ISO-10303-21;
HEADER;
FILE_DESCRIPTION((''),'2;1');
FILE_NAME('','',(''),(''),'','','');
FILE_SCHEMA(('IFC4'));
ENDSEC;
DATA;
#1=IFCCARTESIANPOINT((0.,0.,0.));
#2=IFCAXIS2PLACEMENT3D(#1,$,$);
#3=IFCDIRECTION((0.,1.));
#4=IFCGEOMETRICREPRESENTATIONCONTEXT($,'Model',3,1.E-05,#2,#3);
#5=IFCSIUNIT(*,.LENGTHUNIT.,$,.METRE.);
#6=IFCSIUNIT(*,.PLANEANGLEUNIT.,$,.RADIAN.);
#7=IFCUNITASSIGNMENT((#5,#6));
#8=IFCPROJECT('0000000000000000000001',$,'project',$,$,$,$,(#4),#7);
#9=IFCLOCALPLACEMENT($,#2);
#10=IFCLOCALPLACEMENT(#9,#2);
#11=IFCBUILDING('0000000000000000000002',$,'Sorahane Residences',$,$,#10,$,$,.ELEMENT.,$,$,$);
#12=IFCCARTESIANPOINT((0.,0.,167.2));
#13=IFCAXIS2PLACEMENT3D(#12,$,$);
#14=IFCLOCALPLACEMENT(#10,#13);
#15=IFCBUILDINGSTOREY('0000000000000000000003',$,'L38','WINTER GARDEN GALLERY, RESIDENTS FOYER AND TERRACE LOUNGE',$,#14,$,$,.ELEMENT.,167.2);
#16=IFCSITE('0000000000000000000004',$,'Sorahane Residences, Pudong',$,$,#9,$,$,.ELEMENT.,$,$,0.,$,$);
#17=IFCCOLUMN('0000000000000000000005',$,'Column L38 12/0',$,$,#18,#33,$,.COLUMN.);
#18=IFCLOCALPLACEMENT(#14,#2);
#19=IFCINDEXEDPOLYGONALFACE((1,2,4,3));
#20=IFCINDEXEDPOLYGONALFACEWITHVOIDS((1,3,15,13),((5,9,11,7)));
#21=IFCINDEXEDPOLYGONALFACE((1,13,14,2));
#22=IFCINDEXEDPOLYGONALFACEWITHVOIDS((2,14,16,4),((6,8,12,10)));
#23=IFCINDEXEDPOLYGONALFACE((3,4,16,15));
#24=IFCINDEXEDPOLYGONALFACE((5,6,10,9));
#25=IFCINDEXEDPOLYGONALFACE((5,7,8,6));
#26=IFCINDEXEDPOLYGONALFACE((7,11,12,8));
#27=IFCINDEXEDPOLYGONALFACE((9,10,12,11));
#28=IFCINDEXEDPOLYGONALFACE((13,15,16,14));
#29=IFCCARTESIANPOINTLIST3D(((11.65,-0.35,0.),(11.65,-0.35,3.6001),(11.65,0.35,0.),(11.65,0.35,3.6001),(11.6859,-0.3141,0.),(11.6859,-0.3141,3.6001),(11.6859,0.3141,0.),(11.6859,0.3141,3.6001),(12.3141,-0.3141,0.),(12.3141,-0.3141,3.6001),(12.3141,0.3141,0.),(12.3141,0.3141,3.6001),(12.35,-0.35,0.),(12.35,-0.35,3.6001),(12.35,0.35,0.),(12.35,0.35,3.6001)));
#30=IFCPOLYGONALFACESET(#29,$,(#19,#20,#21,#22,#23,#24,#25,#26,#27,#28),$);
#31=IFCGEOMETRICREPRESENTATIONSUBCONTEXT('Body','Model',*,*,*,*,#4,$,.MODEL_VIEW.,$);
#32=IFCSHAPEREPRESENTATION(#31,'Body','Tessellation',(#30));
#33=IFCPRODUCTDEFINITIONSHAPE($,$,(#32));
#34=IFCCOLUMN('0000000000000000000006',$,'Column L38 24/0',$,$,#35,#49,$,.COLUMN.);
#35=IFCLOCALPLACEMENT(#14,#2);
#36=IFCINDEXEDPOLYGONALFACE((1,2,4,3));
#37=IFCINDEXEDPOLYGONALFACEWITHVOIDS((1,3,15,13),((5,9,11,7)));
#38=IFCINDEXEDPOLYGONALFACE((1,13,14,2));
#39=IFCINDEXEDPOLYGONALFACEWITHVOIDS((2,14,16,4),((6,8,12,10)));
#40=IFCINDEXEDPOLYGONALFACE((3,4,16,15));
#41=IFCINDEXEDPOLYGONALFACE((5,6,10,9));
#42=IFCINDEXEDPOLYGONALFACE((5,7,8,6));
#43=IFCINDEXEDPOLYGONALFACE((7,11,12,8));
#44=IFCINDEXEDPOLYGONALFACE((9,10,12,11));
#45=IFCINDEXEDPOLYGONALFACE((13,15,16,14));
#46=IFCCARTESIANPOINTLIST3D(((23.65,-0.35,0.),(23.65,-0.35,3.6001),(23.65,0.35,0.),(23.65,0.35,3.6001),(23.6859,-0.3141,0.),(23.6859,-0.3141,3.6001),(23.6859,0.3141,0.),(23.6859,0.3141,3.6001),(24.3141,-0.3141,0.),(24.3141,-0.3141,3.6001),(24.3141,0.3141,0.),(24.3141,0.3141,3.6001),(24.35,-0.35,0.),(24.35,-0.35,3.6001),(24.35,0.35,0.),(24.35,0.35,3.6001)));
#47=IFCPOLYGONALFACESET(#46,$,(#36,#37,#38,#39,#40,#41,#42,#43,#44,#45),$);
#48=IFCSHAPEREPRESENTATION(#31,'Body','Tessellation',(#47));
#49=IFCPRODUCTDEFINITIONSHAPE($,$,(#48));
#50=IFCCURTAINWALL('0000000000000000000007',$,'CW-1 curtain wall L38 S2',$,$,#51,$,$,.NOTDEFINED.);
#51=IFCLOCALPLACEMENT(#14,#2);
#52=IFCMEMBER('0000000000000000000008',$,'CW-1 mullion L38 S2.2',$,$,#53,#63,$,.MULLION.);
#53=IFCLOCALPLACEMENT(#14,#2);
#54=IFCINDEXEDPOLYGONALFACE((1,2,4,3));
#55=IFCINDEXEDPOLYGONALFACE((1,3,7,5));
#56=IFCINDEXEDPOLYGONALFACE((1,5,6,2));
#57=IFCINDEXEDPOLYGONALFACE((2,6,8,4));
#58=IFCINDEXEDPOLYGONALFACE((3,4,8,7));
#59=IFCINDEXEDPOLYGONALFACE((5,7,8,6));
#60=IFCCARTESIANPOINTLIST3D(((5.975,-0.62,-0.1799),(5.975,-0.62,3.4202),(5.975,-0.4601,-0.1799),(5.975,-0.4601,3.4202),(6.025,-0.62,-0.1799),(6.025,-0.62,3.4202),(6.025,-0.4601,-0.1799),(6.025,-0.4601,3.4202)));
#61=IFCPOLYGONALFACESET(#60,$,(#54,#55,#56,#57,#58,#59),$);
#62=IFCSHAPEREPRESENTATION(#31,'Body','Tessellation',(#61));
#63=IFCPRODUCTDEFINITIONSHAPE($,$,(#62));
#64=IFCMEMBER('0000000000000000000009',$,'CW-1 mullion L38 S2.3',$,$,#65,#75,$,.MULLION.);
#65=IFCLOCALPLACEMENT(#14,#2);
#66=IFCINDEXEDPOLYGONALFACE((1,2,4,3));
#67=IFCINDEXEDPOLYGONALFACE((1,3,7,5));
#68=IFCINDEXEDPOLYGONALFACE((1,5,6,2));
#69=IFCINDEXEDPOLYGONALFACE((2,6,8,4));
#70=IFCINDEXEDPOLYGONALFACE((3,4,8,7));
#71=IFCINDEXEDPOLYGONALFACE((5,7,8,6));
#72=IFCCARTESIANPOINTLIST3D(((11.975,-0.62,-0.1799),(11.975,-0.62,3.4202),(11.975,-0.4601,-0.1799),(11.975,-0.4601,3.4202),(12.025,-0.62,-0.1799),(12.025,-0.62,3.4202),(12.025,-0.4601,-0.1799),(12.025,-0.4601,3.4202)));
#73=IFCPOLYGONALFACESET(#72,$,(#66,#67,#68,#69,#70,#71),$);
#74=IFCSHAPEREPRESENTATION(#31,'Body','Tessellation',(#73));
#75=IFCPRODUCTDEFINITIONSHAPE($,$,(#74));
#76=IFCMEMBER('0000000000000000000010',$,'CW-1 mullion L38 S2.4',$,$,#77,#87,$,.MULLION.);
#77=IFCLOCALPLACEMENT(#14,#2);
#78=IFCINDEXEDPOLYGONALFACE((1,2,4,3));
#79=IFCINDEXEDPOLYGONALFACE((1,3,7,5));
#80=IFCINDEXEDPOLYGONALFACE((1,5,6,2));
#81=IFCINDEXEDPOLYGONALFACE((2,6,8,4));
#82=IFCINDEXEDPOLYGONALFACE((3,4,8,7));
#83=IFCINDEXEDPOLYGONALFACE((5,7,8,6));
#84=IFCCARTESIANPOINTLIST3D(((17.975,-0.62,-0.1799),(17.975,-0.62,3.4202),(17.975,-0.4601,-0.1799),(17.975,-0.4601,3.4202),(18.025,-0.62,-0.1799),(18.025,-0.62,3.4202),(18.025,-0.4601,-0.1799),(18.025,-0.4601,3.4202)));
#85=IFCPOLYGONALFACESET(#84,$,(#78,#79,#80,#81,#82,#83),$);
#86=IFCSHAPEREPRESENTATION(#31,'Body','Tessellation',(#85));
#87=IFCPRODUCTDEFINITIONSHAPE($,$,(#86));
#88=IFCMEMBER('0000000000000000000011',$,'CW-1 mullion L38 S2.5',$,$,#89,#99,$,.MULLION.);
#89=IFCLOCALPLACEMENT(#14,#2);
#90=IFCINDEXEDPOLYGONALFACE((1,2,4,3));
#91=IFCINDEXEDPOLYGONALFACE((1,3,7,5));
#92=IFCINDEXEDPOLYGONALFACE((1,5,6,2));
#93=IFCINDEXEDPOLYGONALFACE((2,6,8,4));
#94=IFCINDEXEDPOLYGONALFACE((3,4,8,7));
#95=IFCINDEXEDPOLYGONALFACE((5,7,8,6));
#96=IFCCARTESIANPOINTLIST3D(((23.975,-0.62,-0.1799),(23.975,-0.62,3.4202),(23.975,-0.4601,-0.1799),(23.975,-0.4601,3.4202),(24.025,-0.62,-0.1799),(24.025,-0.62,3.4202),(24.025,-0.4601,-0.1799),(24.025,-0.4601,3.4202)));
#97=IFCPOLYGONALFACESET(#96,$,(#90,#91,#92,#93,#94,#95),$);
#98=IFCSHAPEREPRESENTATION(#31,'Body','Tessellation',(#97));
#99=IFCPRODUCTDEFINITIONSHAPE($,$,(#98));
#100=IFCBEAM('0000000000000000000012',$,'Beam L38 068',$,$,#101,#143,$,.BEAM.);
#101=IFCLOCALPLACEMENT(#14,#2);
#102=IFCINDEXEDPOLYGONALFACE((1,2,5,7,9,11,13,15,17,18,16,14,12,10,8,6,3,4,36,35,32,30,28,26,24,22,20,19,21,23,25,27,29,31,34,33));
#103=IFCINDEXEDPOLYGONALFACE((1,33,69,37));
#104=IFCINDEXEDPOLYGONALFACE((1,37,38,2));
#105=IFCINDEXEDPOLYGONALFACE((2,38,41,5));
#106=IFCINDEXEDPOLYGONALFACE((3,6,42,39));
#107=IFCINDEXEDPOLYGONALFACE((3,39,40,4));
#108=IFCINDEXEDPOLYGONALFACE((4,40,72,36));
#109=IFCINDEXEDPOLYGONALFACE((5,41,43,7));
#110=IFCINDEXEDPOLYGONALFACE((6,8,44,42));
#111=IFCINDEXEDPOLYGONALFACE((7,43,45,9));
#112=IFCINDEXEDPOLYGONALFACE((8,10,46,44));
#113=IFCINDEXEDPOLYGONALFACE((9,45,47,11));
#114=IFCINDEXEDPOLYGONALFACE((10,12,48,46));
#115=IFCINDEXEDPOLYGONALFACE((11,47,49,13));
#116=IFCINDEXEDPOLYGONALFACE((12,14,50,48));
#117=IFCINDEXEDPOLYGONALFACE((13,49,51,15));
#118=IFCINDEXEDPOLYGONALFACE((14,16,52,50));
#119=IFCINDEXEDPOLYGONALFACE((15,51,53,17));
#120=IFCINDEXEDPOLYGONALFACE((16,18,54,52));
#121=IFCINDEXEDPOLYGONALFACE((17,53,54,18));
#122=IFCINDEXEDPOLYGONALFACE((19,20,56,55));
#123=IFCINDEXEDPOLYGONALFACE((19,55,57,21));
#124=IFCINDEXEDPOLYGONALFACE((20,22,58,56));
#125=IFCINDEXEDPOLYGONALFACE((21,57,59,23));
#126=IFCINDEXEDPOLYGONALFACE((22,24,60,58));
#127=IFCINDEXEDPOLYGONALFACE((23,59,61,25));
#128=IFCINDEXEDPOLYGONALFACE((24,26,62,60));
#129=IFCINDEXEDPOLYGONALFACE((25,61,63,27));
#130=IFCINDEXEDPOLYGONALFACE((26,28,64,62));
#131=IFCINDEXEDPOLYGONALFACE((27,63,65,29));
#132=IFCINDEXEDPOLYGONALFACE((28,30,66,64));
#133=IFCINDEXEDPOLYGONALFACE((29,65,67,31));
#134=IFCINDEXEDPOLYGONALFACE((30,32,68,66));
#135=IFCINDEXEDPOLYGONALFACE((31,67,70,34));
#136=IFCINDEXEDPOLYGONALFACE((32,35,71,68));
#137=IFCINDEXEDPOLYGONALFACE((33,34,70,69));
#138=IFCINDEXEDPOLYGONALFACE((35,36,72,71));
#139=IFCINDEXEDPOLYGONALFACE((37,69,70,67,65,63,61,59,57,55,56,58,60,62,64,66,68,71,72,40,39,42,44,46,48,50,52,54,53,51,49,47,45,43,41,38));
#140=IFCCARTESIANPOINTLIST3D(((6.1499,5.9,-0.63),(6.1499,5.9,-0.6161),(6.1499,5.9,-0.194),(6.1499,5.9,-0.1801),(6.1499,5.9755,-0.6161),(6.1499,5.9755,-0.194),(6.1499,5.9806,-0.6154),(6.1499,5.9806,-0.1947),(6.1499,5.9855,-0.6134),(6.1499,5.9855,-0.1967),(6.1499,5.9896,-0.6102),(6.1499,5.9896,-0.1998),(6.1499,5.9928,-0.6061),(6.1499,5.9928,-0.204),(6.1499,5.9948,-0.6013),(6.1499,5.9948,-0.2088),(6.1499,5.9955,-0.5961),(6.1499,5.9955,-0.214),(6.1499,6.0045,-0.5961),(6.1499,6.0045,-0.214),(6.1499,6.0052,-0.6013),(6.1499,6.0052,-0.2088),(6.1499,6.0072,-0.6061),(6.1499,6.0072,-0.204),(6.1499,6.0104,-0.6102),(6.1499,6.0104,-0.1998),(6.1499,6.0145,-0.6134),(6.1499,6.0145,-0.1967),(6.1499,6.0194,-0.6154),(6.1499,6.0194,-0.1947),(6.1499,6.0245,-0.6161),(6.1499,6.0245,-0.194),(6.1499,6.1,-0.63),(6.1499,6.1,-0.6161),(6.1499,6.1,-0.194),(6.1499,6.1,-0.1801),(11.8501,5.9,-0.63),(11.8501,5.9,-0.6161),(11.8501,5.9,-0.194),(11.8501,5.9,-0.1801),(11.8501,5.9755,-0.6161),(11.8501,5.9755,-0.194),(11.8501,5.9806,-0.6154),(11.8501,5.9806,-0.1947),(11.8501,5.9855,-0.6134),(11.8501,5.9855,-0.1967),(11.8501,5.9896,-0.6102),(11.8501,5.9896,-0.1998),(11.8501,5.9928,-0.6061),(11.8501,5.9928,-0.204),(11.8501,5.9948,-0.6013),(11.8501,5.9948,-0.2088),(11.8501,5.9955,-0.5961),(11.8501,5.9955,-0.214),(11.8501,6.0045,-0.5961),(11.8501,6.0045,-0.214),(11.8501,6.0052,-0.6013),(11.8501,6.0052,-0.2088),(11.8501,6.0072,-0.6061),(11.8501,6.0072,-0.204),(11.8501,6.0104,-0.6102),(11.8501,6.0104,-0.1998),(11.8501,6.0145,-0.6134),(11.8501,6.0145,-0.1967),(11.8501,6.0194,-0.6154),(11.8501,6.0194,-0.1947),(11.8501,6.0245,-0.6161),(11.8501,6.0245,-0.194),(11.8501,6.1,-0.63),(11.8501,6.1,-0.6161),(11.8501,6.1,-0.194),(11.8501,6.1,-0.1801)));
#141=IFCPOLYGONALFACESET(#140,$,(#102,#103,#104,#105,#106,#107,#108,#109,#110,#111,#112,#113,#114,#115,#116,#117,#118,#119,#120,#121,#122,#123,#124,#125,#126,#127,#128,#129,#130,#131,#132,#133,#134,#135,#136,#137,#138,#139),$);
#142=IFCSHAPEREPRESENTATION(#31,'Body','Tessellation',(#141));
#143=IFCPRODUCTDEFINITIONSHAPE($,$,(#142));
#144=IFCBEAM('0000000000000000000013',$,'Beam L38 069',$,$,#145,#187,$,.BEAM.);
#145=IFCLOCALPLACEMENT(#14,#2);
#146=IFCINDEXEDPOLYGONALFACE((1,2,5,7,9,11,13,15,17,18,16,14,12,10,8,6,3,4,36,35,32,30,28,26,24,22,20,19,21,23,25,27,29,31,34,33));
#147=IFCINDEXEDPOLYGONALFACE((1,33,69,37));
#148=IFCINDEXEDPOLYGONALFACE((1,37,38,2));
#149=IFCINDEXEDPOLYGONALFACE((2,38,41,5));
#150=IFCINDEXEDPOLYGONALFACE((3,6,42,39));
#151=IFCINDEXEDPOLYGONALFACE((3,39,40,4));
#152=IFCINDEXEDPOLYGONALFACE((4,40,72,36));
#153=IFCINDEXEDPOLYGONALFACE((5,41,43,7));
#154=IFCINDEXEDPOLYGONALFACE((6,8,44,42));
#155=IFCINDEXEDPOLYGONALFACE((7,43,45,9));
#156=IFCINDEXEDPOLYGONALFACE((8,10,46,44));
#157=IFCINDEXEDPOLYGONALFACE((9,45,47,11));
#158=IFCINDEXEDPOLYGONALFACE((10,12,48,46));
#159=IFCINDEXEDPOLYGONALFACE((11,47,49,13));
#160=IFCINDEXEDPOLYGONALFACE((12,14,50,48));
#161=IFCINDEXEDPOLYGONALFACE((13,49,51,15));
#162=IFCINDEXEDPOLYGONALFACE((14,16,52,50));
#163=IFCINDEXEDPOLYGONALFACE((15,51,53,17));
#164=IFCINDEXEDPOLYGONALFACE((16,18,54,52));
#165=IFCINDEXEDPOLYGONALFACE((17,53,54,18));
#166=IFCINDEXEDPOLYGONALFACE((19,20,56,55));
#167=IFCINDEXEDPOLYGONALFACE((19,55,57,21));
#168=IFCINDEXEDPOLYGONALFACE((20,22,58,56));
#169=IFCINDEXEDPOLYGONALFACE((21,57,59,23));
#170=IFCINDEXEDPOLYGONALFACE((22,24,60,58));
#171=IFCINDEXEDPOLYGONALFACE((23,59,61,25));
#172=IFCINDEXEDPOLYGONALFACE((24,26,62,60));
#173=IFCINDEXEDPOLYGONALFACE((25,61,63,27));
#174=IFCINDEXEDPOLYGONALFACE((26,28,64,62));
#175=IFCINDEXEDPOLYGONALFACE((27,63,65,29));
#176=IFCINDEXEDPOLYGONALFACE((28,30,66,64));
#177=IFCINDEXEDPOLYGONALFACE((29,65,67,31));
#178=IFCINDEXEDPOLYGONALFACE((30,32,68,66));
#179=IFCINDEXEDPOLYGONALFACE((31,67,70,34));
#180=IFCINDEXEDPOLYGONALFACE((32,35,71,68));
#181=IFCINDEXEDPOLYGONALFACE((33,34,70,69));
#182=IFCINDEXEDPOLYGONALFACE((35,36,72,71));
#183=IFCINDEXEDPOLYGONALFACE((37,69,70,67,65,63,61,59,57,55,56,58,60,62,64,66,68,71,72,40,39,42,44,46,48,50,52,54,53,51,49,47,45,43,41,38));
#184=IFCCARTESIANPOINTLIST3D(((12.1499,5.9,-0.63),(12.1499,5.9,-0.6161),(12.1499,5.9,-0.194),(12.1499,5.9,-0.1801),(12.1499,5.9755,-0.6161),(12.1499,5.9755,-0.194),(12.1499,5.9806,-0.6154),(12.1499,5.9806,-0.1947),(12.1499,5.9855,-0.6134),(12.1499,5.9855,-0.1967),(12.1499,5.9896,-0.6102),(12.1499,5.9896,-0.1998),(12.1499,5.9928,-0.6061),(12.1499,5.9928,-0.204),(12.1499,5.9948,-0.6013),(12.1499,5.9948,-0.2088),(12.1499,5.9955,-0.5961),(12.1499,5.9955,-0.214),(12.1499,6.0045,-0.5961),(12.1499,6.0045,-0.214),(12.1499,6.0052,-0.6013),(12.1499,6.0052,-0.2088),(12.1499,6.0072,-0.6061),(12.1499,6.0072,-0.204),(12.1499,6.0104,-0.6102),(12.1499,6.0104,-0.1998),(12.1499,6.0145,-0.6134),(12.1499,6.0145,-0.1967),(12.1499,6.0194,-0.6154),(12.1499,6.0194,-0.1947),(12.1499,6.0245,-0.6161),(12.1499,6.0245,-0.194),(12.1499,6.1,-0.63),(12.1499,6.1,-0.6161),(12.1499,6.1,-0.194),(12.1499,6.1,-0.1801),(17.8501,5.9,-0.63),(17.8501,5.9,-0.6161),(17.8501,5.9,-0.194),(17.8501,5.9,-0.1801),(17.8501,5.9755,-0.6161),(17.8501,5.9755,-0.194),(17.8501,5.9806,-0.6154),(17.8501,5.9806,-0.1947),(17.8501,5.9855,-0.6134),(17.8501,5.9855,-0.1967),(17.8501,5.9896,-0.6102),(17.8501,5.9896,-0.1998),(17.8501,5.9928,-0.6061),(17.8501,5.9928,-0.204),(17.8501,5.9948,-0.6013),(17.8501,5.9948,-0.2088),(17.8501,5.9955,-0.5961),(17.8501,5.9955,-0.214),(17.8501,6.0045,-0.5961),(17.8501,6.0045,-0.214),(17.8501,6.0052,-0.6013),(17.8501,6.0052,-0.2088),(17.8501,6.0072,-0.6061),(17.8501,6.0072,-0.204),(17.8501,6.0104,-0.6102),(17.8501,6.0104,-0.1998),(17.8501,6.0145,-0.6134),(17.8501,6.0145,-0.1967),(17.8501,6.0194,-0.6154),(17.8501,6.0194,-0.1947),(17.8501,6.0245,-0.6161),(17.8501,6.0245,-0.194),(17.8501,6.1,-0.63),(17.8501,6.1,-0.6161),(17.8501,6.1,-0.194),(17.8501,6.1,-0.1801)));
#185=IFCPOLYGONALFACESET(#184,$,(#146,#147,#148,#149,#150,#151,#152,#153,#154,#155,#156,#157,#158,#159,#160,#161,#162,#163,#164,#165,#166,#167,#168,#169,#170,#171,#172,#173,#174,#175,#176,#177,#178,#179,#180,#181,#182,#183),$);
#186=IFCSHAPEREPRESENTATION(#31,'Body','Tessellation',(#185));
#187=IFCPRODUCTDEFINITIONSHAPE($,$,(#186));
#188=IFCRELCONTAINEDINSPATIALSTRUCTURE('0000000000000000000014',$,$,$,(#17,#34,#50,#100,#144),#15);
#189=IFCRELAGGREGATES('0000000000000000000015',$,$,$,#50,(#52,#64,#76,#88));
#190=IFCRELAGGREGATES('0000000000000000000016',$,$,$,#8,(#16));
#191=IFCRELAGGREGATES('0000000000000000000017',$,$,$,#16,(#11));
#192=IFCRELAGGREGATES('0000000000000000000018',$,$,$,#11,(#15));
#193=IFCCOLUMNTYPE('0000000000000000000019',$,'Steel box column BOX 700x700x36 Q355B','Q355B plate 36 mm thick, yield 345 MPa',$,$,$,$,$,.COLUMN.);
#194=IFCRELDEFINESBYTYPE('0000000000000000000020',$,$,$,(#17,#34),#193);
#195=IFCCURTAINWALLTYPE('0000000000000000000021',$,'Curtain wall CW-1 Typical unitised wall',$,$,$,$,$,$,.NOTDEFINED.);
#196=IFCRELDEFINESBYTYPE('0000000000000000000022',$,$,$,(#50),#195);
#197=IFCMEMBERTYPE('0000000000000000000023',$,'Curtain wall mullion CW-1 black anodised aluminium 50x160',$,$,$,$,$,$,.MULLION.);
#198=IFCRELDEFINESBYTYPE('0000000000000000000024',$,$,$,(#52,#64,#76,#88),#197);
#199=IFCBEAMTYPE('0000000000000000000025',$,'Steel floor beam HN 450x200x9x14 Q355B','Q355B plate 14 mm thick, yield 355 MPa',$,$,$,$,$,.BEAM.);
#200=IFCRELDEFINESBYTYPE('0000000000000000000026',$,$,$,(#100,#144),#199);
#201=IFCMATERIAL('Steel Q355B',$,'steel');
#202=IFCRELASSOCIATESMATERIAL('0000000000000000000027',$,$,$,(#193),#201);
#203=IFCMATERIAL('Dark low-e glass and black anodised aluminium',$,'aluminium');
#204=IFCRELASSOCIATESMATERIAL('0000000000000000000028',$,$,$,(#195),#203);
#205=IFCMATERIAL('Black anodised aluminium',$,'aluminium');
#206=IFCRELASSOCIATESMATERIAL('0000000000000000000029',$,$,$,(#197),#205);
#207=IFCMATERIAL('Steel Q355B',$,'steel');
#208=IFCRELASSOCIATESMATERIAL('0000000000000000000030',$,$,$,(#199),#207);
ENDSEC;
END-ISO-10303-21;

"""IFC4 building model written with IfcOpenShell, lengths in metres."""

from ifc_helpers import new_model, si_unit, direction, frame, origin, origin_2d, place, context, subcontext, project, spatial, rectangle, hollow_rectangle, i_section, extrude, material, material_profile, profile_set, type_object, element, aggregate, save


model = new_model("IFC4")

# Units and contexts
model_context = context("Model", 3, precision=1e-05, world=origin(), true_north=direction((0.0, 1.0)))
body_context = subcontext(model_context, "Body", "Model", "MODEL_VIEW")
ifc_project = project(units=[si_unit("LENGTHUNIT", "METRE"), si_unit("PLANEANGLEUNIT", "RADIAN")], contexts=[model_context])

# Site, building, storey
site_placement = place(None, origin())
site = spatial("IfcSite", under=ifc_project, at=site_placement, Name="Sorahane Residences, Pudong", CompositionType="ELEMENT", RefElevation=0.0)
building_placement = place(site_placement, origin())
building = spatial("IfcBuilding", under=site, at=building_placement, Name="Sorahane Residences", CompositionType="ELEMENT")
storey_placement = place(building_placement, frame((0.0, 0.0, 167.2)))
storey = spatial("IfcBuildingStorey", under=building, at=storey_placement, Name="L38", Description="WINTER GARDEN GALLERY, RESIDENTS FOYER AND TERRACE LOUNGE", CompositionType="ELEMENT", Elevation=167.2)

# Columns
ifc_material_1 = material(Name="Steel Q355B", Category="steel")
ifc_material_profile_1 = material_profile(ifc_material_1, hollow_rectangle(XDim=0.7, YDim=0.7, WallThickness=0.0359, at=origin_2d()), Name="BOX 700x700x36")
ifc_profile_set_1 = profile_set([ifc_material_profile_1], Name="Steel Q355B")
column_type = type_object("IfcColumnType", Name="Steel box column BOX 700x700x36 Q355B", Description="Q355B plate 36 mm thick, yield 345 MPa", PredefinedType="COLUMN", material=ifc_profile_set_1)
for number, where, z_axis, x_axis, name in (
    (1, (12.0, 0.0, 0.0), (0.0, 0.0, 1.0), (1.0, 0.0, 0.0), "Column L38 12/0"),
    (2, (24.0, 0.0, 0.0), (0.0, 0.0, 1.0), (1.0, 0.0, 0.0), "Column L38 24/0"),
):
    element("IfcColumn", number, at=place(storey_placement, frame(where, z_axis=z_axis, x_axis=x_axis)), inside=storey, type_object=column_type, Name=name, PredefinedType="COLUMN", context=body_context, shape_type="SweptSolid", body=[
        extrude(hollow_rectangle(XDim=0.7, YDim=0.7, WallThickness=0.0359, at=origin_2d()), origin(), (0.0, 0.0, 1.0), 3.6001),
    ])

# Curtain wall, members
ifc_material_2 = material(Name="Dark low-e glass and black anodised aluminium", Category="aluminium")
curtain_wall_type = type_object("IfcCurtainWallType", Name="Curtain wall CW-1 Typical unitised wall", PredefinedType="NOTDEFINED", material=ifc_material_2)
curtain_wall_placement = place(storey_placement, origin())
curtain_wall = element("IfcCurtainWall", 3, at=curtain_wall_placement, inside=storey, type_object=curtain_wall_type, Name="CW-1 curtain wall L38 S2", PredefinedType="NOTDEFINED")
ifc_material_3 = material(Name="Black anodised aluminium", Category="aluminium")
ifc_material_profile_2 = material_profile(ifc_material_3, rectangle(XDim=0.1599, YDim=0.05, at=origin_2d()), Name="Curtain wall mullion CW-1 black anodised aluminium 50x160")
ifc_profile_set_2 = profile_set([ifc_material_profile_2], Name="Black anodised aluminium")
member_type = type_object("IfcMemberType", Name="Curtain wall mullion CW-1 black anodised aluminium 50x160", PredefinedType="MULLION", material=ifc_profile_set_2)
member_1_placement = place(storey_placement, frame((6.0, -0.54, -0.1799), z_axis=(0.0, 0.0, 1.0), x_axis=(0.0, -1.0, 0.0)))
member_1 = element("IfcMember", 4, at=member_1_placement, type_object=member_type, Name="CW-1 mullion L38 S2.2", PredefinedType="MULLION", context=body_context, shape_type="SweptSolid", body=[
    extrude(rectangle(XDim=0.1599, YDim=0.05, at=origin_2d()), origin(), (0.0, 0.0, 1.0), 3.6001),
])
member_2_placement = place(storey_placement, frame((12.0, -0.54, -0.1799), z_axis=(0.0, 0.0, 1.0), x_axis=(0.0, -1.0, 0.0)))
member_2 = element("IfcMember", 5, at=member_2_placement, type_object=member_type, Name="CW-1 mullion L38 S2.3", PredefinedType="MULLION", context=body_context, shape_type="SweptSolid", body=[
    extrude(rectangle(XDim=0.1599, YDim=0.05, at=origin_2d()), origin(), (0.0, 0.0, 1.0), 3.6001),
])
member_3_placement = place(storey_placement, frame((18.0, -0.54, -0.1799), z_axis=(0.0, 0.0, 1.0), x_axis=(0.0, -1.0, 0.0)))
member_3 = element("IfcMember", 6, at=member_3_placement, type_object=member_type, Name="CW-1 mullion L38 S2.4", PredefinedType="MULLION", context=body_context, shape_type="SweptSolid", body=[
    extrude(rectangle(XDim=0.1599, YDim=0.05, at=origin_2d()), origin(), (0.0, 0.0, 1.0), 3.6001),
])
member_4_placement = place(storey_placement, frame((24.0, -0.54, -0.1799), z_axis=(0.0, 0.0, 1.0), x_axis=(0.0, -1.0, 0.0)))
member_4 = element("IfcMember", 7, at=member_4_placement, type_object=member_type, Name="CW-1 mullion L38 S2.5", PredefinedType="MULLION", context=body_context, shape_type="SweptSolid", body=[
    extrude(rectangle(XDim=0.1599, YDim=0.05, at=origin_2d()), origin(), (0.0, 0.0, 1.0), 3.6001),
])

# Beams
ifc_material_4 = material(Name="Steel Q355B", Category="steel")
ifc_material_profile_3 = material_profile(ifc_material_4, i_section(OverallWidth=0.2, OverallDepth=0.45, WebThickness=0.009, FlangeThickness=0.0139, FilletRadius=0.02, at=origin_2d()), Name="HN 450x200x9x14")
ifc_profile_set_3 = profile_set([ifc_material_profile_3], Name="Steel Q355B")
beam_type_1 = type_object("IfcBeamType", Name="Steel floor beam HN 450x200x9x14 Q355B", Description="Q355B plate 14 mm thick, yield 355 MPa", PredefinedType="BEAM", material=ifc_profile_set_3)
for number, where, z_axis, x_axis, name in (
    (8, (6.1499, 6.0, -0.405), (1.0, 0.0, 0.0), (0.0, 1.0, 0.0), "Beam L38 068"),
    (9, (12.1499, 6.0, -0.405), (1.0, 0.0, 0.0), (0.0, 1.0, 0.0), "Beam L38 069"),
):
    element("IfcBeam", number, at=place(storey_placement, frame(where, z_axis=z_axis, x_axis=x_axis)), inside=storey, type_object=beam_type_1, Name=name, PredefinedType="BEAM", context=body_context, shape_type="SweptSolid", body=[
        extrude(i_section(OverallWidth=0.2, OverallDepth=0.45, WebThickness=0.009, FlangeThickness=0.0139, FilletRadius=0.02, at=origin_2d()), origin(), (0.0, 0.0, 1.0), 5.7002),
    ])

aggregate(curtain_wall, [member_1, member_2, member_3, member_4])

save(model, "model.ifc")
